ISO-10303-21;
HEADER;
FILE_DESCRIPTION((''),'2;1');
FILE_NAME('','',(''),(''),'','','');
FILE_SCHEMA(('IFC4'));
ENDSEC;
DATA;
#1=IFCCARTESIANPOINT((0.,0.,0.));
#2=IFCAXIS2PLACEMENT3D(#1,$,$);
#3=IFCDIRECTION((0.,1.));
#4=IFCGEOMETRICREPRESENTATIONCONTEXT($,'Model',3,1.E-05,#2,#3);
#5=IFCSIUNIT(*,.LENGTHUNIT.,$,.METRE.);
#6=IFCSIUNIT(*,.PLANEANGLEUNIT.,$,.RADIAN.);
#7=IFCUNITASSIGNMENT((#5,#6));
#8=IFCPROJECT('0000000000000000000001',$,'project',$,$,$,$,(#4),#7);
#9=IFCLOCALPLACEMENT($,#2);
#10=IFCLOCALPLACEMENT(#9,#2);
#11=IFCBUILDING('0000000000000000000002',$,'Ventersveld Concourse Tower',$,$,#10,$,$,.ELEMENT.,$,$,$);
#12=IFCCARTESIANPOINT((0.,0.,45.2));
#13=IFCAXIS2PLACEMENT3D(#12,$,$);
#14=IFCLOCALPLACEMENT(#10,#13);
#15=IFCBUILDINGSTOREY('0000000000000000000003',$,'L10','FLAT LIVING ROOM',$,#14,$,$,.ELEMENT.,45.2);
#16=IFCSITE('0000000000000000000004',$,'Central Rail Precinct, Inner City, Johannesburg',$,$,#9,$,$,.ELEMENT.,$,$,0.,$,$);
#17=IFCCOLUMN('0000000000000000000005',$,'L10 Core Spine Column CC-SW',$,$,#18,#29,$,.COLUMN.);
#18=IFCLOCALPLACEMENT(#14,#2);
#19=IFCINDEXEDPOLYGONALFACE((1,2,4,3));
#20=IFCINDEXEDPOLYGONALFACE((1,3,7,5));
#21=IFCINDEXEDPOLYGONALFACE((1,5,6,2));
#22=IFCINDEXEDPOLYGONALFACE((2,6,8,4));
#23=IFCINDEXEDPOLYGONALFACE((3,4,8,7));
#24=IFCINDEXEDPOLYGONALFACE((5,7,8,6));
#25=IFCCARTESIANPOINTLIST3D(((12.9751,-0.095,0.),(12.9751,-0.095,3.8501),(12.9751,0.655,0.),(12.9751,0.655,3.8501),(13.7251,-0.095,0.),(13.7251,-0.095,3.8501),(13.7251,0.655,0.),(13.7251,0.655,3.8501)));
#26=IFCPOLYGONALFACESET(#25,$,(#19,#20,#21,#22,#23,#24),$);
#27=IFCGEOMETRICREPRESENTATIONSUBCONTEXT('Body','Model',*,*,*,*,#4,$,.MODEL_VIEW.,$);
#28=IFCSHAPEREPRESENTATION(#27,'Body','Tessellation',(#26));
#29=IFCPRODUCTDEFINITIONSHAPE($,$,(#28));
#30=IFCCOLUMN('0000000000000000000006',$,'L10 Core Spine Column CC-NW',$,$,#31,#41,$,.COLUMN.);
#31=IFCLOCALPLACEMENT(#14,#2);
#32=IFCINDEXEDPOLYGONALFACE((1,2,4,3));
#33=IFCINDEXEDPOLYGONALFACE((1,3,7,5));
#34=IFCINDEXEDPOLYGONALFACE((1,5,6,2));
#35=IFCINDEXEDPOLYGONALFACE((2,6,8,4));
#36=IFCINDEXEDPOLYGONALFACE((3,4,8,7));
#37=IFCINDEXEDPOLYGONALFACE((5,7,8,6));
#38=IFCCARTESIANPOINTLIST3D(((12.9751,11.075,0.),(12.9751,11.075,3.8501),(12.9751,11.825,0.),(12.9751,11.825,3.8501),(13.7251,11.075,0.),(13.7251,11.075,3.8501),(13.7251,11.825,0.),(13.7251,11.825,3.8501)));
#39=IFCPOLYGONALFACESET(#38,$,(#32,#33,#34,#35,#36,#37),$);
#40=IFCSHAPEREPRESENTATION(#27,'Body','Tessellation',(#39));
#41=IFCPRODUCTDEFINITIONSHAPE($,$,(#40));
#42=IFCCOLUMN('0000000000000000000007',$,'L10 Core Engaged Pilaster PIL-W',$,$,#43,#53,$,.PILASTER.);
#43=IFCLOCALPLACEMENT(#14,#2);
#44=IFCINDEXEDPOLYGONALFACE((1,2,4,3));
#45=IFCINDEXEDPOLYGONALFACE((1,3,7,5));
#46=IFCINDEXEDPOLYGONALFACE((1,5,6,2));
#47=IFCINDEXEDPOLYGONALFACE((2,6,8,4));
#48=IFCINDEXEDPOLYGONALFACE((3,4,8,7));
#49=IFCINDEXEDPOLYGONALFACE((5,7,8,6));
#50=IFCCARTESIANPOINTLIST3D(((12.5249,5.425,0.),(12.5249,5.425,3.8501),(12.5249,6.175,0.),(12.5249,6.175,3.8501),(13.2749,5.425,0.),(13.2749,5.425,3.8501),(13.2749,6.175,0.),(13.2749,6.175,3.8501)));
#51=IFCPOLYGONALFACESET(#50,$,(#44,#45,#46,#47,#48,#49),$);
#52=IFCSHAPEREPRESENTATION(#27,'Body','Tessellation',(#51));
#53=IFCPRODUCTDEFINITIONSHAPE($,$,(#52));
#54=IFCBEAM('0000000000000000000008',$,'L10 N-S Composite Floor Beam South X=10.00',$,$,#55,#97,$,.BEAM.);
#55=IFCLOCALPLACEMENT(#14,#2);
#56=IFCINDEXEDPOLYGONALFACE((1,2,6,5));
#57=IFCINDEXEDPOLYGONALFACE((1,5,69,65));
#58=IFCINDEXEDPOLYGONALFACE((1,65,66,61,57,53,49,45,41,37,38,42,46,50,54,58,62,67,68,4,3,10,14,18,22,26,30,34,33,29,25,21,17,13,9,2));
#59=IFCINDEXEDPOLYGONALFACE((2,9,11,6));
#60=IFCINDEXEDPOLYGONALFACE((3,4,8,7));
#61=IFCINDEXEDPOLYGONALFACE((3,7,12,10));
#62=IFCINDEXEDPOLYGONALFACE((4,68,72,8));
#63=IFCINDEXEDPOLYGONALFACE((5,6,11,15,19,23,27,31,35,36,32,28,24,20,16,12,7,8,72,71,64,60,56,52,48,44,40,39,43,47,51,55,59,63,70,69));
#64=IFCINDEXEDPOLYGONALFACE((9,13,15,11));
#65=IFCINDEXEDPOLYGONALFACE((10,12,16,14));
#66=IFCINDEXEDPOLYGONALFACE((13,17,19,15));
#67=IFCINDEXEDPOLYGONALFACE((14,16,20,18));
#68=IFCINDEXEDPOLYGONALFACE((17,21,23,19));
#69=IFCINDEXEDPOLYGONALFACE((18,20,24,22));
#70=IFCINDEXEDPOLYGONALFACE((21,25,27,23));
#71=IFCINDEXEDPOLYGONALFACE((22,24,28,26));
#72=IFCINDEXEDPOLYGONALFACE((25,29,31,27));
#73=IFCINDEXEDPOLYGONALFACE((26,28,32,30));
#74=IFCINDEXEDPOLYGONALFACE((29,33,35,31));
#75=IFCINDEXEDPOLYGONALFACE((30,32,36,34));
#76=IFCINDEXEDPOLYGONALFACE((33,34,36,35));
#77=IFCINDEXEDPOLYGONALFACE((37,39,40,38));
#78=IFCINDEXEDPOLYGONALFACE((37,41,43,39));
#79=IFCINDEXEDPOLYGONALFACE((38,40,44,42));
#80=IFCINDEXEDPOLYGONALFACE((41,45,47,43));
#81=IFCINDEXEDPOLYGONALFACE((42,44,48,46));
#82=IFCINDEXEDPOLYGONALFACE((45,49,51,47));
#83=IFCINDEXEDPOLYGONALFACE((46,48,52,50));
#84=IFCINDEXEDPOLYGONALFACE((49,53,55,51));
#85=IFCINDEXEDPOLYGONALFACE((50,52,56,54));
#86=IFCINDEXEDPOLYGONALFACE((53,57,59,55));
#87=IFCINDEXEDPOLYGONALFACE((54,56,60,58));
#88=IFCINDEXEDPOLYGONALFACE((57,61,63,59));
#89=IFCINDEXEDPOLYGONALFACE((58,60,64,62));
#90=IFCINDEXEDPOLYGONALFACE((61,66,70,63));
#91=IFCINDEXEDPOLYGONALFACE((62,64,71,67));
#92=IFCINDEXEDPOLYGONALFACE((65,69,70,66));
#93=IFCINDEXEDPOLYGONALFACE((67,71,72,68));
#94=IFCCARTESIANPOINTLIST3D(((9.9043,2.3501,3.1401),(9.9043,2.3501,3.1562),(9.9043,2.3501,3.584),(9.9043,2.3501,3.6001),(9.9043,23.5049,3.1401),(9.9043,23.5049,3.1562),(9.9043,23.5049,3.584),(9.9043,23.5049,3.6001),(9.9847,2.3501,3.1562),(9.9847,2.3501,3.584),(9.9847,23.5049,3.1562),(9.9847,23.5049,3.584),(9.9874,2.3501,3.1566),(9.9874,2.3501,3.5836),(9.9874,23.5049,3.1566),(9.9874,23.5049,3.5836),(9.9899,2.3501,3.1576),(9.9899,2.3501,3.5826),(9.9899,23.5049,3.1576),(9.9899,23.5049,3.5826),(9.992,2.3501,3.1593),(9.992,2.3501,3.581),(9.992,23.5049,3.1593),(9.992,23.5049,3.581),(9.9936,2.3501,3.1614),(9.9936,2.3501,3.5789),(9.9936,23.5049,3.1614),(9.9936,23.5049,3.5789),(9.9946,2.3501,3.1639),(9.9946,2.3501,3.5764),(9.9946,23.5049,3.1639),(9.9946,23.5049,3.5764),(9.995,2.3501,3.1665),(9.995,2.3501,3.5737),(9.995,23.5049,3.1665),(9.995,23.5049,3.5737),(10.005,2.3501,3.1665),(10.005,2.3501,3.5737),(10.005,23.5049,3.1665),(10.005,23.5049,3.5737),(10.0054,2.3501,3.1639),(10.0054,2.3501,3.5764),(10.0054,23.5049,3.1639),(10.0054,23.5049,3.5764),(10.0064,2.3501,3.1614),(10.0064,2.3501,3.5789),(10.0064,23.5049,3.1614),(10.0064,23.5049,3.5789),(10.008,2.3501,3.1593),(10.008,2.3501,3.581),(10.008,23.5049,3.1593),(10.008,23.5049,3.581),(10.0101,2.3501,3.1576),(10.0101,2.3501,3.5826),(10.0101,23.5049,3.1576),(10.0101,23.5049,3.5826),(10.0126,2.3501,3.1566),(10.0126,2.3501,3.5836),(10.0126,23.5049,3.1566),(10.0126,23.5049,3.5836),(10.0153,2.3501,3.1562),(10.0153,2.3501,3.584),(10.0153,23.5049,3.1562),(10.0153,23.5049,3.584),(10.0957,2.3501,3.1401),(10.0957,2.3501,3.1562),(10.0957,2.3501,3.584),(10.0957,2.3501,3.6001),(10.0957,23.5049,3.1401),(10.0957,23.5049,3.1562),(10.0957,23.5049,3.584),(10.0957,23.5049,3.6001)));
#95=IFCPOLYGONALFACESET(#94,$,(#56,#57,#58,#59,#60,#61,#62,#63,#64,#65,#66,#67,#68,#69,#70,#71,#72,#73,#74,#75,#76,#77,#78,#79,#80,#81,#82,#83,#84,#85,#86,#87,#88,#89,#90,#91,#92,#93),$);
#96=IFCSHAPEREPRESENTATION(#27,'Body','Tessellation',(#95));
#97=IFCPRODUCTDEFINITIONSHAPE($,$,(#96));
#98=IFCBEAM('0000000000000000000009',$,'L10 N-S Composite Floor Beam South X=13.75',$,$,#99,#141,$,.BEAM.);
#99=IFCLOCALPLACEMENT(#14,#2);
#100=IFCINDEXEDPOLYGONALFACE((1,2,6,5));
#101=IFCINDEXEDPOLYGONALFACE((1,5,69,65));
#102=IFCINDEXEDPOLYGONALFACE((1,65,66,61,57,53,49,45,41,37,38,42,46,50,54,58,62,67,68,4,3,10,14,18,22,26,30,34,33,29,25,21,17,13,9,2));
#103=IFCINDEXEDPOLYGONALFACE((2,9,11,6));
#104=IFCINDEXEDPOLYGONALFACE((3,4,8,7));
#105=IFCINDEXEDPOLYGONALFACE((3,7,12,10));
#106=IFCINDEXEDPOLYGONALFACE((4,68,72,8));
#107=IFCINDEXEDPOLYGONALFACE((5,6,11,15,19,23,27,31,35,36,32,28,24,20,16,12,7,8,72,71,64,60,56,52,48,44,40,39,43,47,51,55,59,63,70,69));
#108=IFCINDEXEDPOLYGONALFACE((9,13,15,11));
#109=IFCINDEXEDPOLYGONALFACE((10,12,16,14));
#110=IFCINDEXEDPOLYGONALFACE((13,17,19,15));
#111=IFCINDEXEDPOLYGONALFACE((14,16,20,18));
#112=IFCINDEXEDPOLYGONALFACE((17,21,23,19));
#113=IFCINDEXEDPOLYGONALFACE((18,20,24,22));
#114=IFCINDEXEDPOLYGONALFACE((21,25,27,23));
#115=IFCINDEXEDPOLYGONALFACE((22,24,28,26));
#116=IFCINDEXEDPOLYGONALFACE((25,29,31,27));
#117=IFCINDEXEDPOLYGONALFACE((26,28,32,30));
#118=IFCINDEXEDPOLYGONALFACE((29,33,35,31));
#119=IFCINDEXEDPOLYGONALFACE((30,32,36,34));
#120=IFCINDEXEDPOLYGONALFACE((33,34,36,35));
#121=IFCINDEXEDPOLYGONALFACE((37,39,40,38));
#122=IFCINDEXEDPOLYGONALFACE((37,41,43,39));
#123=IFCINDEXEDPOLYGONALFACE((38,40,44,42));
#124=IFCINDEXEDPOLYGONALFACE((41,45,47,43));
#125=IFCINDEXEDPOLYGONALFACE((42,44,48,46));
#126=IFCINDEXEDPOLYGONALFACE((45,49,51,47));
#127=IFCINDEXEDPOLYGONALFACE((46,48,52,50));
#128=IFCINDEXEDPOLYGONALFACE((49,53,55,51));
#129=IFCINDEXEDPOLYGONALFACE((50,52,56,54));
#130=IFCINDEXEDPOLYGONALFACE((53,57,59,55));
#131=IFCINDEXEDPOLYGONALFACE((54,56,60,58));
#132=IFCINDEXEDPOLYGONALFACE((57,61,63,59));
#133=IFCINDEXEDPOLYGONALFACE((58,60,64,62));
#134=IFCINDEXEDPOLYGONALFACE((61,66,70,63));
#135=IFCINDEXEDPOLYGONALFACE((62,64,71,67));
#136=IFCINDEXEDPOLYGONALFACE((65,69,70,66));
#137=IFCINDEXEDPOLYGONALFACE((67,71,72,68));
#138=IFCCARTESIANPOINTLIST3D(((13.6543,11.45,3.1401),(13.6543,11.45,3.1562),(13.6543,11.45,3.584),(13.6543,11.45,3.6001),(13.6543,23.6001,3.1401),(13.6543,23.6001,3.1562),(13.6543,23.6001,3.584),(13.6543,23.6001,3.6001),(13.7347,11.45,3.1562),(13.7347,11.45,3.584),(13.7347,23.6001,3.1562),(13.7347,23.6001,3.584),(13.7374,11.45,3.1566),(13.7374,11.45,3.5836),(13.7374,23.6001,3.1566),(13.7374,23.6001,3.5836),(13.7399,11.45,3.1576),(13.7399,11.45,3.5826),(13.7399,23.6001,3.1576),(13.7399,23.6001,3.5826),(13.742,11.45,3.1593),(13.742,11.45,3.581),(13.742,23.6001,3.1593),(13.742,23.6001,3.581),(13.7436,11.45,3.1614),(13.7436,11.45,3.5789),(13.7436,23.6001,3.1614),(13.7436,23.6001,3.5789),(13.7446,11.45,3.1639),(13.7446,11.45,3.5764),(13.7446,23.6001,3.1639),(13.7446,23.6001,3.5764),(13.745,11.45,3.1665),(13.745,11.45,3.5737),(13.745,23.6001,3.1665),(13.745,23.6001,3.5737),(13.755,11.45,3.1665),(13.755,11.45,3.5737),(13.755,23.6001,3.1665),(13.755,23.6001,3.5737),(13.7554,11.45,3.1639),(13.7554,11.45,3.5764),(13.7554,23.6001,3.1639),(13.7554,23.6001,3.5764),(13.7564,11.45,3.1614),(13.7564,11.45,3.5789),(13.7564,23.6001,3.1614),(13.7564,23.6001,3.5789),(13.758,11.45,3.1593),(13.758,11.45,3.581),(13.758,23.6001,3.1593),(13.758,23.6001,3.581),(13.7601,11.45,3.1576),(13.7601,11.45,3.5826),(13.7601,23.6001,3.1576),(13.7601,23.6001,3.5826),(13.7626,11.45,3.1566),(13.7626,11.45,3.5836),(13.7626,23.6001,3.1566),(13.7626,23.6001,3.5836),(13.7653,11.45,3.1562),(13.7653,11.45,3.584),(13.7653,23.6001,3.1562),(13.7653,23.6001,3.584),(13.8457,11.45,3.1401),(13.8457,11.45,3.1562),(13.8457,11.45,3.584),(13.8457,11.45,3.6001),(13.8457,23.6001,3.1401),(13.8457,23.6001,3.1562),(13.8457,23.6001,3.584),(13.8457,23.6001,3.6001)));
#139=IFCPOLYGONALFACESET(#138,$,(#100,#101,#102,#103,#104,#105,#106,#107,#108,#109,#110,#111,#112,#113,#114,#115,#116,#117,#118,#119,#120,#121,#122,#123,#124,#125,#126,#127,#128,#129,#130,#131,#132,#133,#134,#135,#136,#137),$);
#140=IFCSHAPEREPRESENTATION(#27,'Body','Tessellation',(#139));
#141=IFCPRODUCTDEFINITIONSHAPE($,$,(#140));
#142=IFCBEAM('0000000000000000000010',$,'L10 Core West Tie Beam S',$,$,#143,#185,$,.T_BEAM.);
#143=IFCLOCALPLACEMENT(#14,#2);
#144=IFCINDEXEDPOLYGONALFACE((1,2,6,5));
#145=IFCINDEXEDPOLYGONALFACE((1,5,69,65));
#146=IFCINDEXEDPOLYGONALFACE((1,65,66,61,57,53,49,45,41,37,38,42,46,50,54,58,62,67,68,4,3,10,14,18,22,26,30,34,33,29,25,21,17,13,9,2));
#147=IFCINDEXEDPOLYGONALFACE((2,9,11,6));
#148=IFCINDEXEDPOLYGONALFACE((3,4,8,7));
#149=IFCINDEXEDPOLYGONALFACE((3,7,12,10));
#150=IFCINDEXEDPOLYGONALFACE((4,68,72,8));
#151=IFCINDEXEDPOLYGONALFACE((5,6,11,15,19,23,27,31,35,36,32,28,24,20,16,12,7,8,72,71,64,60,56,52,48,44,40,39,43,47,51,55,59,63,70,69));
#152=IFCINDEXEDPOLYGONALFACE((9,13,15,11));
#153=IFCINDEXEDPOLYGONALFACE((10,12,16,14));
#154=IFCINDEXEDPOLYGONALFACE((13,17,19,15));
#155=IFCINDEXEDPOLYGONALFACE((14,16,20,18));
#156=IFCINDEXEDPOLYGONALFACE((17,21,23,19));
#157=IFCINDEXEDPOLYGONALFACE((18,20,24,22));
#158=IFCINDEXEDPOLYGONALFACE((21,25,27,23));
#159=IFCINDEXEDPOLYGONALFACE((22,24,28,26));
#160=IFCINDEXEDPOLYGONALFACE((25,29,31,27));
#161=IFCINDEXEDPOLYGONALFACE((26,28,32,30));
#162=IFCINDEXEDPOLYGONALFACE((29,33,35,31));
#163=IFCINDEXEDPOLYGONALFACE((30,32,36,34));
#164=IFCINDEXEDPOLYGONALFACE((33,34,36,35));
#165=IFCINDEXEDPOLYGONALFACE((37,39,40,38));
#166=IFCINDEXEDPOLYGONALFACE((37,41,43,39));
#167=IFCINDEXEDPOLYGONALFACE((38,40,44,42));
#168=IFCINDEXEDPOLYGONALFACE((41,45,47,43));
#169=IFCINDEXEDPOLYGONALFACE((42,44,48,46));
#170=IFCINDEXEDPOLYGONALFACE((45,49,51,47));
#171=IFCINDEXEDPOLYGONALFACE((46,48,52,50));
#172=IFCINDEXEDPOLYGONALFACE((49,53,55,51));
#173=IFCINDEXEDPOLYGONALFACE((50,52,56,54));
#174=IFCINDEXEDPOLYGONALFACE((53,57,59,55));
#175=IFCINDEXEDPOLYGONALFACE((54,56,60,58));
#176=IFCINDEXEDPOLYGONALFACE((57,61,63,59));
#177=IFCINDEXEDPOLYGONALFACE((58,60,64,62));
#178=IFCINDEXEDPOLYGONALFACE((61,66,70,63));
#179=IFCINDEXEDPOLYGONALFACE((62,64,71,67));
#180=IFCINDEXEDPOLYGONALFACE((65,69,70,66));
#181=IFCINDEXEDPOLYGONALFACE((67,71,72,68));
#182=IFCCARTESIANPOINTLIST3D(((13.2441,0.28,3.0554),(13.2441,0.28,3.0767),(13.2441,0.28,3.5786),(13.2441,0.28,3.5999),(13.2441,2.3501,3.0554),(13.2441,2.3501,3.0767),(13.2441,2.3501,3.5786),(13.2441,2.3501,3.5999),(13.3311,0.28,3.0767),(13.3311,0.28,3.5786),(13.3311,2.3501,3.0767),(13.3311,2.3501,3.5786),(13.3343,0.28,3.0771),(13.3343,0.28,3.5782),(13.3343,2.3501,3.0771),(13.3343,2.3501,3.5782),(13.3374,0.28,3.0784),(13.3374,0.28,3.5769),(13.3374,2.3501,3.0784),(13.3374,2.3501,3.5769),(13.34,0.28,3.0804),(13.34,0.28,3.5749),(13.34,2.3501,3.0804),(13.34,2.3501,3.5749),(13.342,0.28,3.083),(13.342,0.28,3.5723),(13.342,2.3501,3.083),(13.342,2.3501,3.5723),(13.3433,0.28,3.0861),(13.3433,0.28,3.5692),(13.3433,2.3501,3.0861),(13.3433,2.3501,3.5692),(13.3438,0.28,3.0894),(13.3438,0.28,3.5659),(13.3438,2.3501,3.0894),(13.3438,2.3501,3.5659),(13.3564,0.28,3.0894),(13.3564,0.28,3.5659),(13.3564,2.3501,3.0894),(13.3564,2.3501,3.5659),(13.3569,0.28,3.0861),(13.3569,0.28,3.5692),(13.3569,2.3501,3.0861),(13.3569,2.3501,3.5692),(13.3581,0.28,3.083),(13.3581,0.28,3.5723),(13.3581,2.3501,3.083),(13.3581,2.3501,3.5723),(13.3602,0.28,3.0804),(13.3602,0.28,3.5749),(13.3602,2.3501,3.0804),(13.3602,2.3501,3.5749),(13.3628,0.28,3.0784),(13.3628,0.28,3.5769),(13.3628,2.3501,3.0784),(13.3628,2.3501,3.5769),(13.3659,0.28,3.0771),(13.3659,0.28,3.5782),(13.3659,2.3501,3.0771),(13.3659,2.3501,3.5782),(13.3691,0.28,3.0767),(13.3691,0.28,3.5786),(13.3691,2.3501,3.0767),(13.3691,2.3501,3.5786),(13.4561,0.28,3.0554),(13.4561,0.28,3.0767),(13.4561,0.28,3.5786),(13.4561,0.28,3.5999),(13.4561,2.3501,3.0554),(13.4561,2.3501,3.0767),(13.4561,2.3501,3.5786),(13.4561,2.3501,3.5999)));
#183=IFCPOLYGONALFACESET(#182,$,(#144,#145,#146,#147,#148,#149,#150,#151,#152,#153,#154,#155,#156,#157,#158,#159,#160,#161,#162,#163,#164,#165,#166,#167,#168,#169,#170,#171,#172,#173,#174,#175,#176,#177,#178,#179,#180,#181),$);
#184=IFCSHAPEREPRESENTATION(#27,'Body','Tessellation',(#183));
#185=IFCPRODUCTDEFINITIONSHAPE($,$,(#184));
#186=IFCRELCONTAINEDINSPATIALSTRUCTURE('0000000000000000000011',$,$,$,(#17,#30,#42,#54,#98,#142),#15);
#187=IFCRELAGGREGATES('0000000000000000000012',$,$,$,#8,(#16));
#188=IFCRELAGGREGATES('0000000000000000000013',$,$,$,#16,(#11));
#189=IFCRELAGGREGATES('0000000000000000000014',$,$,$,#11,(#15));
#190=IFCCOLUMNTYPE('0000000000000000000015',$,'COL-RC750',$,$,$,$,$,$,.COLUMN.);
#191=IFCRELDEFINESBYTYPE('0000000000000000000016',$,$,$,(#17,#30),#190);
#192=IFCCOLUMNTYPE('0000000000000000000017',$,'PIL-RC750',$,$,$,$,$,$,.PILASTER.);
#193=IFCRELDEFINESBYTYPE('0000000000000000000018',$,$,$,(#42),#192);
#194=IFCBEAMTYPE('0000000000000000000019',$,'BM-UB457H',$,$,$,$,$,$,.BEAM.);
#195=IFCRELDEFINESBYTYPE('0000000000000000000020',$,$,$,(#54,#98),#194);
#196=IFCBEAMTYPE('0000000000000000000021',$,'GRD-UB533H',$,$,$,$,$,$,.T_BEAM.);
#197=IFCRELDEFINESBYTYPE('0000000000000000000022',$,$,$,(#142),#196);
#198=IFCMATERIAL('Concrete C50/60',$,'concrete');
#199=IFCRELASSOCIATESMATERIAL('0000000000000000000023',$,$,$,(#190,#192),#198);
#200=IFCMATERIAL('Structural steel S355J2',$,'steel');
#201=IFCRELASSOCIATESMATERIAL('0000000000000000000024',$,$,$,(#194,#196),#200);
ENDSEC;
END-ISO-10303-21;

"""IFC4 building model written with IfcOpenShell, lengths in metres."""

from ifc_helpers import new_model, si_unit, direction, frame, origin, origin_2d, place, context, subcontext, project, spatial, rectangle, i_section, extrude, material, material_profile, profile_set, type_object, element, save


model = new_model("IFC4")

# Units and contexts
model_context = context("Model", 3, precision=1e-05, world=origin(), true_north=direction((0.0, 1.0)))
body_context = subcontext(model_context, "Body", "Model", "MODEL_VIEW")
ifc_project = project(units=[si_unit("LENGTHUNIT", "METRE"), si_unit("PLANEANGLEUNIT", "RADIAN")], contexts=[model_context])

# Site, building, storey
site_placement = place(None, origin())
site = spatial("IfcSite", under=ifc_project, at=site_placement, Name="Central Rail Precinct, Inner City, Johannesburg", CompositionType="ELEMENT", RefElevation=0.0)
building_placement = place(site_placement, origin())
building = spatial("IfcBuilding", under=site, at=building_placement, Name="Ventersveld Concourse Tower", CompositionType="ELEMENT")
storey_placement = place(building_placement, frame((0.0, 0.0, 45.2)))
storey = spatial("IfcBuildingStorey", under=building, at=storey_placement, Name="L10", Description="FLAT LIVING ROOM", CompositionType="ELEMENT", Elevation=45.2)

# Columns
ifc_material_1 = material(Name="Concrete C50/60", Category="concrete")
ifc_material_profile_1 = material_profile(ifc_material_1, rectangle(XDim=0.75, YDim=0.75, at=origin_2d()), Name="RC 750x750")
ifc_profile_set_1 = profile_set([ifc_material_profile_1], Name="Concrete C50/60")
column_type_1 = type_object("IfcColumnType", Name="COL-RC750", PredefinedType="COLUMN", material=ifc_profile_set_1)
for number, where, z_axis, x_axis, name in (
    (1, (13.3501, 0.28, 0.0), (0.0, 0.0, 1.0), (1.0, 0.0, 0.0), "L10 Core Spine Column CC-SW"),
    (2, (13.3501, 11.45, 0.0), (0.0, 0.0, 1.0), (1.0, 0.0, 0.0), "L10 Core Spine Column CC-NW"),
):
    element("IfcColumn", number, at=place(storey_placement, frame(where, z_axis=z_axis, x_axis=x_axis)), inside=storey, type_object=column_type_1, Name=name, PredefinedType="COLUMN", context=body_context, shape_type="SweptSolid", body=[
        extrude(rectangle(XDim=0.75, YDim=0.75, at=origin_2d()), origin(), (0.0, 0.0, 1.0), 3.8501),
    ])
ifc_material_profile_2 = material_profile(ifc_material_1, rectangle(XDim=0.75, YDim=0.75, at=origin_2d()), Name="RC 750x750")
ifc_profile_set_2 = profile_set([ifc_material_profile_2], Name="Concrete C50/60")
column_type_2 = type_object("IfcColumnType", Name="PIL-RC750", PredefinedType="PILASTER", material=ifc_profile_set_2)
column_placement = place(storey_placement, frame((12.8999, 5.8, 0.0), z_axis=(0.0, 0.0, 1.0), x_axis=(1.0, 0.0, 0.0)))
element("IfcColumn", 3, at=column_placement, inside=storey, type_object=column_type_2, Name="L10 Core Engaged Pilaster PIL-W", PredefinedType="PILASTER", context=body_context, shape_type="SweptSolid", body=[
    extrude(rectangle(XDim=0.75, YDim=0.75, at=origin_2d()), origin(), (0.0, 0.0, 1.0), 3.8501),
])

# Beams
ifc_material_2 = material(Name="Structural steel S355J2", Category="steel")
ifc_material_profile_3 = material_profile(ifc_material_2, i_section(OverallWidth=0.1914, OverallDepth=0.46, WebThickness=0.01, FlangeThickness=0.0161, FilletRadius=0.0103, at=origin_2d()), Name="UB 457x191x82")
ifc_profile_set_3 = profile_set([ifc_material_profile_3], Name="Structural steel S355J2")
beam_type_1 = type_object("IfcBeamType", Name="BM-UB457H", PredefinedType="BEAM", material=ifc_profile_set_3)
beam_1_placement = place(storey_placement, frame((10.0, 2.3501, 3.3701), z_axis=(0.0, 1.0, 0.0), x_axis=(-1.0, 0.0, 0.0)))
element("IfcBeam", 4, at=beam_1_placement, inside=storey, type_object=beam_type_1, Name="L10 N-S Composite Floor Beam South X=10.00", PredefinedType="BEAM", context=body_context, shape_type="SweptSolid", body=[
    extrude(i_section(OverallWidth=0.1914, OverallDepth=0.46, WebThickness=0.01, FlangeThickness=0.0161, FilletRadius=0.0103, at=origin_2d()), origin(), (0.0, 0.0, 1.0), 21.1548),
])
beam_2_placement = place(storey_placement, frame((13.75, 11.45, 3.3701), z_axis=(0.0, 1.0, 0.0), x_axis=(-1.0, 0.0, 0.0)))
element("IfcBeam", 5, at=beam_2_placement, inside=storey, type_object=beam_type_1, Name="L10 N-S Composite Floor Beam South X=13.75", PredefinedType="BEAM", context=body_context, shape_type="SweptSolid", body=[
    extrude(i_section(OverallWidth=0.1914, OverallDepth=0.46, WebThickness=0.01, FlangeThickness=0.0161, FilletRadius=0.0103, at=origin_2d()), origin(), (0.0, 0.0, 1.0), 12.1501),
])
ifc_material_profile_4 = material_profile(ifc_material_2, i_section(OverallWidth=0.2119, OverallDepth=0.5444, WebThickness=0.0127, FlangeThickness=0.0212, FilletRadius=0.0127, at=origin_2d()), Name="UB 533x210x122")
ifc_profile_set_4 = profile_set([ifc_material_profile_4], Name="Structural steel S355J2")
beam_type_2 = type_object("IfcBeamType", Name="GRD-UB533H", PredefinedType="T_BEAM", material=ifc_profile_set_4)
beam_3_placement = place(storey_placement, frame((13.3501, 0.28, 3.3276), z_axis=(0.0, 1.0, 0.0), x_axis=(-1.0, 0.0, 0.0)))
element("IfcBeam", 6, at=beam_3_placement, inside=storey, type_object=beam_type_2, Name="L10 Core West Tie Beam S", PredefinedType="T_BEAM", context=body_context, shape_type="SweptSolid", body=[
    extrude(i_section(OverallWidth=0.2119, OverallDepth=0.5444, WebThickness=0.0127, FlangeThickness=0.0212, FilletRadius=0.0127, at=origin_2d()), origin(), (0.0, 0.0, 1.0), 2.0701),
])

save(model, "model.ifc")
